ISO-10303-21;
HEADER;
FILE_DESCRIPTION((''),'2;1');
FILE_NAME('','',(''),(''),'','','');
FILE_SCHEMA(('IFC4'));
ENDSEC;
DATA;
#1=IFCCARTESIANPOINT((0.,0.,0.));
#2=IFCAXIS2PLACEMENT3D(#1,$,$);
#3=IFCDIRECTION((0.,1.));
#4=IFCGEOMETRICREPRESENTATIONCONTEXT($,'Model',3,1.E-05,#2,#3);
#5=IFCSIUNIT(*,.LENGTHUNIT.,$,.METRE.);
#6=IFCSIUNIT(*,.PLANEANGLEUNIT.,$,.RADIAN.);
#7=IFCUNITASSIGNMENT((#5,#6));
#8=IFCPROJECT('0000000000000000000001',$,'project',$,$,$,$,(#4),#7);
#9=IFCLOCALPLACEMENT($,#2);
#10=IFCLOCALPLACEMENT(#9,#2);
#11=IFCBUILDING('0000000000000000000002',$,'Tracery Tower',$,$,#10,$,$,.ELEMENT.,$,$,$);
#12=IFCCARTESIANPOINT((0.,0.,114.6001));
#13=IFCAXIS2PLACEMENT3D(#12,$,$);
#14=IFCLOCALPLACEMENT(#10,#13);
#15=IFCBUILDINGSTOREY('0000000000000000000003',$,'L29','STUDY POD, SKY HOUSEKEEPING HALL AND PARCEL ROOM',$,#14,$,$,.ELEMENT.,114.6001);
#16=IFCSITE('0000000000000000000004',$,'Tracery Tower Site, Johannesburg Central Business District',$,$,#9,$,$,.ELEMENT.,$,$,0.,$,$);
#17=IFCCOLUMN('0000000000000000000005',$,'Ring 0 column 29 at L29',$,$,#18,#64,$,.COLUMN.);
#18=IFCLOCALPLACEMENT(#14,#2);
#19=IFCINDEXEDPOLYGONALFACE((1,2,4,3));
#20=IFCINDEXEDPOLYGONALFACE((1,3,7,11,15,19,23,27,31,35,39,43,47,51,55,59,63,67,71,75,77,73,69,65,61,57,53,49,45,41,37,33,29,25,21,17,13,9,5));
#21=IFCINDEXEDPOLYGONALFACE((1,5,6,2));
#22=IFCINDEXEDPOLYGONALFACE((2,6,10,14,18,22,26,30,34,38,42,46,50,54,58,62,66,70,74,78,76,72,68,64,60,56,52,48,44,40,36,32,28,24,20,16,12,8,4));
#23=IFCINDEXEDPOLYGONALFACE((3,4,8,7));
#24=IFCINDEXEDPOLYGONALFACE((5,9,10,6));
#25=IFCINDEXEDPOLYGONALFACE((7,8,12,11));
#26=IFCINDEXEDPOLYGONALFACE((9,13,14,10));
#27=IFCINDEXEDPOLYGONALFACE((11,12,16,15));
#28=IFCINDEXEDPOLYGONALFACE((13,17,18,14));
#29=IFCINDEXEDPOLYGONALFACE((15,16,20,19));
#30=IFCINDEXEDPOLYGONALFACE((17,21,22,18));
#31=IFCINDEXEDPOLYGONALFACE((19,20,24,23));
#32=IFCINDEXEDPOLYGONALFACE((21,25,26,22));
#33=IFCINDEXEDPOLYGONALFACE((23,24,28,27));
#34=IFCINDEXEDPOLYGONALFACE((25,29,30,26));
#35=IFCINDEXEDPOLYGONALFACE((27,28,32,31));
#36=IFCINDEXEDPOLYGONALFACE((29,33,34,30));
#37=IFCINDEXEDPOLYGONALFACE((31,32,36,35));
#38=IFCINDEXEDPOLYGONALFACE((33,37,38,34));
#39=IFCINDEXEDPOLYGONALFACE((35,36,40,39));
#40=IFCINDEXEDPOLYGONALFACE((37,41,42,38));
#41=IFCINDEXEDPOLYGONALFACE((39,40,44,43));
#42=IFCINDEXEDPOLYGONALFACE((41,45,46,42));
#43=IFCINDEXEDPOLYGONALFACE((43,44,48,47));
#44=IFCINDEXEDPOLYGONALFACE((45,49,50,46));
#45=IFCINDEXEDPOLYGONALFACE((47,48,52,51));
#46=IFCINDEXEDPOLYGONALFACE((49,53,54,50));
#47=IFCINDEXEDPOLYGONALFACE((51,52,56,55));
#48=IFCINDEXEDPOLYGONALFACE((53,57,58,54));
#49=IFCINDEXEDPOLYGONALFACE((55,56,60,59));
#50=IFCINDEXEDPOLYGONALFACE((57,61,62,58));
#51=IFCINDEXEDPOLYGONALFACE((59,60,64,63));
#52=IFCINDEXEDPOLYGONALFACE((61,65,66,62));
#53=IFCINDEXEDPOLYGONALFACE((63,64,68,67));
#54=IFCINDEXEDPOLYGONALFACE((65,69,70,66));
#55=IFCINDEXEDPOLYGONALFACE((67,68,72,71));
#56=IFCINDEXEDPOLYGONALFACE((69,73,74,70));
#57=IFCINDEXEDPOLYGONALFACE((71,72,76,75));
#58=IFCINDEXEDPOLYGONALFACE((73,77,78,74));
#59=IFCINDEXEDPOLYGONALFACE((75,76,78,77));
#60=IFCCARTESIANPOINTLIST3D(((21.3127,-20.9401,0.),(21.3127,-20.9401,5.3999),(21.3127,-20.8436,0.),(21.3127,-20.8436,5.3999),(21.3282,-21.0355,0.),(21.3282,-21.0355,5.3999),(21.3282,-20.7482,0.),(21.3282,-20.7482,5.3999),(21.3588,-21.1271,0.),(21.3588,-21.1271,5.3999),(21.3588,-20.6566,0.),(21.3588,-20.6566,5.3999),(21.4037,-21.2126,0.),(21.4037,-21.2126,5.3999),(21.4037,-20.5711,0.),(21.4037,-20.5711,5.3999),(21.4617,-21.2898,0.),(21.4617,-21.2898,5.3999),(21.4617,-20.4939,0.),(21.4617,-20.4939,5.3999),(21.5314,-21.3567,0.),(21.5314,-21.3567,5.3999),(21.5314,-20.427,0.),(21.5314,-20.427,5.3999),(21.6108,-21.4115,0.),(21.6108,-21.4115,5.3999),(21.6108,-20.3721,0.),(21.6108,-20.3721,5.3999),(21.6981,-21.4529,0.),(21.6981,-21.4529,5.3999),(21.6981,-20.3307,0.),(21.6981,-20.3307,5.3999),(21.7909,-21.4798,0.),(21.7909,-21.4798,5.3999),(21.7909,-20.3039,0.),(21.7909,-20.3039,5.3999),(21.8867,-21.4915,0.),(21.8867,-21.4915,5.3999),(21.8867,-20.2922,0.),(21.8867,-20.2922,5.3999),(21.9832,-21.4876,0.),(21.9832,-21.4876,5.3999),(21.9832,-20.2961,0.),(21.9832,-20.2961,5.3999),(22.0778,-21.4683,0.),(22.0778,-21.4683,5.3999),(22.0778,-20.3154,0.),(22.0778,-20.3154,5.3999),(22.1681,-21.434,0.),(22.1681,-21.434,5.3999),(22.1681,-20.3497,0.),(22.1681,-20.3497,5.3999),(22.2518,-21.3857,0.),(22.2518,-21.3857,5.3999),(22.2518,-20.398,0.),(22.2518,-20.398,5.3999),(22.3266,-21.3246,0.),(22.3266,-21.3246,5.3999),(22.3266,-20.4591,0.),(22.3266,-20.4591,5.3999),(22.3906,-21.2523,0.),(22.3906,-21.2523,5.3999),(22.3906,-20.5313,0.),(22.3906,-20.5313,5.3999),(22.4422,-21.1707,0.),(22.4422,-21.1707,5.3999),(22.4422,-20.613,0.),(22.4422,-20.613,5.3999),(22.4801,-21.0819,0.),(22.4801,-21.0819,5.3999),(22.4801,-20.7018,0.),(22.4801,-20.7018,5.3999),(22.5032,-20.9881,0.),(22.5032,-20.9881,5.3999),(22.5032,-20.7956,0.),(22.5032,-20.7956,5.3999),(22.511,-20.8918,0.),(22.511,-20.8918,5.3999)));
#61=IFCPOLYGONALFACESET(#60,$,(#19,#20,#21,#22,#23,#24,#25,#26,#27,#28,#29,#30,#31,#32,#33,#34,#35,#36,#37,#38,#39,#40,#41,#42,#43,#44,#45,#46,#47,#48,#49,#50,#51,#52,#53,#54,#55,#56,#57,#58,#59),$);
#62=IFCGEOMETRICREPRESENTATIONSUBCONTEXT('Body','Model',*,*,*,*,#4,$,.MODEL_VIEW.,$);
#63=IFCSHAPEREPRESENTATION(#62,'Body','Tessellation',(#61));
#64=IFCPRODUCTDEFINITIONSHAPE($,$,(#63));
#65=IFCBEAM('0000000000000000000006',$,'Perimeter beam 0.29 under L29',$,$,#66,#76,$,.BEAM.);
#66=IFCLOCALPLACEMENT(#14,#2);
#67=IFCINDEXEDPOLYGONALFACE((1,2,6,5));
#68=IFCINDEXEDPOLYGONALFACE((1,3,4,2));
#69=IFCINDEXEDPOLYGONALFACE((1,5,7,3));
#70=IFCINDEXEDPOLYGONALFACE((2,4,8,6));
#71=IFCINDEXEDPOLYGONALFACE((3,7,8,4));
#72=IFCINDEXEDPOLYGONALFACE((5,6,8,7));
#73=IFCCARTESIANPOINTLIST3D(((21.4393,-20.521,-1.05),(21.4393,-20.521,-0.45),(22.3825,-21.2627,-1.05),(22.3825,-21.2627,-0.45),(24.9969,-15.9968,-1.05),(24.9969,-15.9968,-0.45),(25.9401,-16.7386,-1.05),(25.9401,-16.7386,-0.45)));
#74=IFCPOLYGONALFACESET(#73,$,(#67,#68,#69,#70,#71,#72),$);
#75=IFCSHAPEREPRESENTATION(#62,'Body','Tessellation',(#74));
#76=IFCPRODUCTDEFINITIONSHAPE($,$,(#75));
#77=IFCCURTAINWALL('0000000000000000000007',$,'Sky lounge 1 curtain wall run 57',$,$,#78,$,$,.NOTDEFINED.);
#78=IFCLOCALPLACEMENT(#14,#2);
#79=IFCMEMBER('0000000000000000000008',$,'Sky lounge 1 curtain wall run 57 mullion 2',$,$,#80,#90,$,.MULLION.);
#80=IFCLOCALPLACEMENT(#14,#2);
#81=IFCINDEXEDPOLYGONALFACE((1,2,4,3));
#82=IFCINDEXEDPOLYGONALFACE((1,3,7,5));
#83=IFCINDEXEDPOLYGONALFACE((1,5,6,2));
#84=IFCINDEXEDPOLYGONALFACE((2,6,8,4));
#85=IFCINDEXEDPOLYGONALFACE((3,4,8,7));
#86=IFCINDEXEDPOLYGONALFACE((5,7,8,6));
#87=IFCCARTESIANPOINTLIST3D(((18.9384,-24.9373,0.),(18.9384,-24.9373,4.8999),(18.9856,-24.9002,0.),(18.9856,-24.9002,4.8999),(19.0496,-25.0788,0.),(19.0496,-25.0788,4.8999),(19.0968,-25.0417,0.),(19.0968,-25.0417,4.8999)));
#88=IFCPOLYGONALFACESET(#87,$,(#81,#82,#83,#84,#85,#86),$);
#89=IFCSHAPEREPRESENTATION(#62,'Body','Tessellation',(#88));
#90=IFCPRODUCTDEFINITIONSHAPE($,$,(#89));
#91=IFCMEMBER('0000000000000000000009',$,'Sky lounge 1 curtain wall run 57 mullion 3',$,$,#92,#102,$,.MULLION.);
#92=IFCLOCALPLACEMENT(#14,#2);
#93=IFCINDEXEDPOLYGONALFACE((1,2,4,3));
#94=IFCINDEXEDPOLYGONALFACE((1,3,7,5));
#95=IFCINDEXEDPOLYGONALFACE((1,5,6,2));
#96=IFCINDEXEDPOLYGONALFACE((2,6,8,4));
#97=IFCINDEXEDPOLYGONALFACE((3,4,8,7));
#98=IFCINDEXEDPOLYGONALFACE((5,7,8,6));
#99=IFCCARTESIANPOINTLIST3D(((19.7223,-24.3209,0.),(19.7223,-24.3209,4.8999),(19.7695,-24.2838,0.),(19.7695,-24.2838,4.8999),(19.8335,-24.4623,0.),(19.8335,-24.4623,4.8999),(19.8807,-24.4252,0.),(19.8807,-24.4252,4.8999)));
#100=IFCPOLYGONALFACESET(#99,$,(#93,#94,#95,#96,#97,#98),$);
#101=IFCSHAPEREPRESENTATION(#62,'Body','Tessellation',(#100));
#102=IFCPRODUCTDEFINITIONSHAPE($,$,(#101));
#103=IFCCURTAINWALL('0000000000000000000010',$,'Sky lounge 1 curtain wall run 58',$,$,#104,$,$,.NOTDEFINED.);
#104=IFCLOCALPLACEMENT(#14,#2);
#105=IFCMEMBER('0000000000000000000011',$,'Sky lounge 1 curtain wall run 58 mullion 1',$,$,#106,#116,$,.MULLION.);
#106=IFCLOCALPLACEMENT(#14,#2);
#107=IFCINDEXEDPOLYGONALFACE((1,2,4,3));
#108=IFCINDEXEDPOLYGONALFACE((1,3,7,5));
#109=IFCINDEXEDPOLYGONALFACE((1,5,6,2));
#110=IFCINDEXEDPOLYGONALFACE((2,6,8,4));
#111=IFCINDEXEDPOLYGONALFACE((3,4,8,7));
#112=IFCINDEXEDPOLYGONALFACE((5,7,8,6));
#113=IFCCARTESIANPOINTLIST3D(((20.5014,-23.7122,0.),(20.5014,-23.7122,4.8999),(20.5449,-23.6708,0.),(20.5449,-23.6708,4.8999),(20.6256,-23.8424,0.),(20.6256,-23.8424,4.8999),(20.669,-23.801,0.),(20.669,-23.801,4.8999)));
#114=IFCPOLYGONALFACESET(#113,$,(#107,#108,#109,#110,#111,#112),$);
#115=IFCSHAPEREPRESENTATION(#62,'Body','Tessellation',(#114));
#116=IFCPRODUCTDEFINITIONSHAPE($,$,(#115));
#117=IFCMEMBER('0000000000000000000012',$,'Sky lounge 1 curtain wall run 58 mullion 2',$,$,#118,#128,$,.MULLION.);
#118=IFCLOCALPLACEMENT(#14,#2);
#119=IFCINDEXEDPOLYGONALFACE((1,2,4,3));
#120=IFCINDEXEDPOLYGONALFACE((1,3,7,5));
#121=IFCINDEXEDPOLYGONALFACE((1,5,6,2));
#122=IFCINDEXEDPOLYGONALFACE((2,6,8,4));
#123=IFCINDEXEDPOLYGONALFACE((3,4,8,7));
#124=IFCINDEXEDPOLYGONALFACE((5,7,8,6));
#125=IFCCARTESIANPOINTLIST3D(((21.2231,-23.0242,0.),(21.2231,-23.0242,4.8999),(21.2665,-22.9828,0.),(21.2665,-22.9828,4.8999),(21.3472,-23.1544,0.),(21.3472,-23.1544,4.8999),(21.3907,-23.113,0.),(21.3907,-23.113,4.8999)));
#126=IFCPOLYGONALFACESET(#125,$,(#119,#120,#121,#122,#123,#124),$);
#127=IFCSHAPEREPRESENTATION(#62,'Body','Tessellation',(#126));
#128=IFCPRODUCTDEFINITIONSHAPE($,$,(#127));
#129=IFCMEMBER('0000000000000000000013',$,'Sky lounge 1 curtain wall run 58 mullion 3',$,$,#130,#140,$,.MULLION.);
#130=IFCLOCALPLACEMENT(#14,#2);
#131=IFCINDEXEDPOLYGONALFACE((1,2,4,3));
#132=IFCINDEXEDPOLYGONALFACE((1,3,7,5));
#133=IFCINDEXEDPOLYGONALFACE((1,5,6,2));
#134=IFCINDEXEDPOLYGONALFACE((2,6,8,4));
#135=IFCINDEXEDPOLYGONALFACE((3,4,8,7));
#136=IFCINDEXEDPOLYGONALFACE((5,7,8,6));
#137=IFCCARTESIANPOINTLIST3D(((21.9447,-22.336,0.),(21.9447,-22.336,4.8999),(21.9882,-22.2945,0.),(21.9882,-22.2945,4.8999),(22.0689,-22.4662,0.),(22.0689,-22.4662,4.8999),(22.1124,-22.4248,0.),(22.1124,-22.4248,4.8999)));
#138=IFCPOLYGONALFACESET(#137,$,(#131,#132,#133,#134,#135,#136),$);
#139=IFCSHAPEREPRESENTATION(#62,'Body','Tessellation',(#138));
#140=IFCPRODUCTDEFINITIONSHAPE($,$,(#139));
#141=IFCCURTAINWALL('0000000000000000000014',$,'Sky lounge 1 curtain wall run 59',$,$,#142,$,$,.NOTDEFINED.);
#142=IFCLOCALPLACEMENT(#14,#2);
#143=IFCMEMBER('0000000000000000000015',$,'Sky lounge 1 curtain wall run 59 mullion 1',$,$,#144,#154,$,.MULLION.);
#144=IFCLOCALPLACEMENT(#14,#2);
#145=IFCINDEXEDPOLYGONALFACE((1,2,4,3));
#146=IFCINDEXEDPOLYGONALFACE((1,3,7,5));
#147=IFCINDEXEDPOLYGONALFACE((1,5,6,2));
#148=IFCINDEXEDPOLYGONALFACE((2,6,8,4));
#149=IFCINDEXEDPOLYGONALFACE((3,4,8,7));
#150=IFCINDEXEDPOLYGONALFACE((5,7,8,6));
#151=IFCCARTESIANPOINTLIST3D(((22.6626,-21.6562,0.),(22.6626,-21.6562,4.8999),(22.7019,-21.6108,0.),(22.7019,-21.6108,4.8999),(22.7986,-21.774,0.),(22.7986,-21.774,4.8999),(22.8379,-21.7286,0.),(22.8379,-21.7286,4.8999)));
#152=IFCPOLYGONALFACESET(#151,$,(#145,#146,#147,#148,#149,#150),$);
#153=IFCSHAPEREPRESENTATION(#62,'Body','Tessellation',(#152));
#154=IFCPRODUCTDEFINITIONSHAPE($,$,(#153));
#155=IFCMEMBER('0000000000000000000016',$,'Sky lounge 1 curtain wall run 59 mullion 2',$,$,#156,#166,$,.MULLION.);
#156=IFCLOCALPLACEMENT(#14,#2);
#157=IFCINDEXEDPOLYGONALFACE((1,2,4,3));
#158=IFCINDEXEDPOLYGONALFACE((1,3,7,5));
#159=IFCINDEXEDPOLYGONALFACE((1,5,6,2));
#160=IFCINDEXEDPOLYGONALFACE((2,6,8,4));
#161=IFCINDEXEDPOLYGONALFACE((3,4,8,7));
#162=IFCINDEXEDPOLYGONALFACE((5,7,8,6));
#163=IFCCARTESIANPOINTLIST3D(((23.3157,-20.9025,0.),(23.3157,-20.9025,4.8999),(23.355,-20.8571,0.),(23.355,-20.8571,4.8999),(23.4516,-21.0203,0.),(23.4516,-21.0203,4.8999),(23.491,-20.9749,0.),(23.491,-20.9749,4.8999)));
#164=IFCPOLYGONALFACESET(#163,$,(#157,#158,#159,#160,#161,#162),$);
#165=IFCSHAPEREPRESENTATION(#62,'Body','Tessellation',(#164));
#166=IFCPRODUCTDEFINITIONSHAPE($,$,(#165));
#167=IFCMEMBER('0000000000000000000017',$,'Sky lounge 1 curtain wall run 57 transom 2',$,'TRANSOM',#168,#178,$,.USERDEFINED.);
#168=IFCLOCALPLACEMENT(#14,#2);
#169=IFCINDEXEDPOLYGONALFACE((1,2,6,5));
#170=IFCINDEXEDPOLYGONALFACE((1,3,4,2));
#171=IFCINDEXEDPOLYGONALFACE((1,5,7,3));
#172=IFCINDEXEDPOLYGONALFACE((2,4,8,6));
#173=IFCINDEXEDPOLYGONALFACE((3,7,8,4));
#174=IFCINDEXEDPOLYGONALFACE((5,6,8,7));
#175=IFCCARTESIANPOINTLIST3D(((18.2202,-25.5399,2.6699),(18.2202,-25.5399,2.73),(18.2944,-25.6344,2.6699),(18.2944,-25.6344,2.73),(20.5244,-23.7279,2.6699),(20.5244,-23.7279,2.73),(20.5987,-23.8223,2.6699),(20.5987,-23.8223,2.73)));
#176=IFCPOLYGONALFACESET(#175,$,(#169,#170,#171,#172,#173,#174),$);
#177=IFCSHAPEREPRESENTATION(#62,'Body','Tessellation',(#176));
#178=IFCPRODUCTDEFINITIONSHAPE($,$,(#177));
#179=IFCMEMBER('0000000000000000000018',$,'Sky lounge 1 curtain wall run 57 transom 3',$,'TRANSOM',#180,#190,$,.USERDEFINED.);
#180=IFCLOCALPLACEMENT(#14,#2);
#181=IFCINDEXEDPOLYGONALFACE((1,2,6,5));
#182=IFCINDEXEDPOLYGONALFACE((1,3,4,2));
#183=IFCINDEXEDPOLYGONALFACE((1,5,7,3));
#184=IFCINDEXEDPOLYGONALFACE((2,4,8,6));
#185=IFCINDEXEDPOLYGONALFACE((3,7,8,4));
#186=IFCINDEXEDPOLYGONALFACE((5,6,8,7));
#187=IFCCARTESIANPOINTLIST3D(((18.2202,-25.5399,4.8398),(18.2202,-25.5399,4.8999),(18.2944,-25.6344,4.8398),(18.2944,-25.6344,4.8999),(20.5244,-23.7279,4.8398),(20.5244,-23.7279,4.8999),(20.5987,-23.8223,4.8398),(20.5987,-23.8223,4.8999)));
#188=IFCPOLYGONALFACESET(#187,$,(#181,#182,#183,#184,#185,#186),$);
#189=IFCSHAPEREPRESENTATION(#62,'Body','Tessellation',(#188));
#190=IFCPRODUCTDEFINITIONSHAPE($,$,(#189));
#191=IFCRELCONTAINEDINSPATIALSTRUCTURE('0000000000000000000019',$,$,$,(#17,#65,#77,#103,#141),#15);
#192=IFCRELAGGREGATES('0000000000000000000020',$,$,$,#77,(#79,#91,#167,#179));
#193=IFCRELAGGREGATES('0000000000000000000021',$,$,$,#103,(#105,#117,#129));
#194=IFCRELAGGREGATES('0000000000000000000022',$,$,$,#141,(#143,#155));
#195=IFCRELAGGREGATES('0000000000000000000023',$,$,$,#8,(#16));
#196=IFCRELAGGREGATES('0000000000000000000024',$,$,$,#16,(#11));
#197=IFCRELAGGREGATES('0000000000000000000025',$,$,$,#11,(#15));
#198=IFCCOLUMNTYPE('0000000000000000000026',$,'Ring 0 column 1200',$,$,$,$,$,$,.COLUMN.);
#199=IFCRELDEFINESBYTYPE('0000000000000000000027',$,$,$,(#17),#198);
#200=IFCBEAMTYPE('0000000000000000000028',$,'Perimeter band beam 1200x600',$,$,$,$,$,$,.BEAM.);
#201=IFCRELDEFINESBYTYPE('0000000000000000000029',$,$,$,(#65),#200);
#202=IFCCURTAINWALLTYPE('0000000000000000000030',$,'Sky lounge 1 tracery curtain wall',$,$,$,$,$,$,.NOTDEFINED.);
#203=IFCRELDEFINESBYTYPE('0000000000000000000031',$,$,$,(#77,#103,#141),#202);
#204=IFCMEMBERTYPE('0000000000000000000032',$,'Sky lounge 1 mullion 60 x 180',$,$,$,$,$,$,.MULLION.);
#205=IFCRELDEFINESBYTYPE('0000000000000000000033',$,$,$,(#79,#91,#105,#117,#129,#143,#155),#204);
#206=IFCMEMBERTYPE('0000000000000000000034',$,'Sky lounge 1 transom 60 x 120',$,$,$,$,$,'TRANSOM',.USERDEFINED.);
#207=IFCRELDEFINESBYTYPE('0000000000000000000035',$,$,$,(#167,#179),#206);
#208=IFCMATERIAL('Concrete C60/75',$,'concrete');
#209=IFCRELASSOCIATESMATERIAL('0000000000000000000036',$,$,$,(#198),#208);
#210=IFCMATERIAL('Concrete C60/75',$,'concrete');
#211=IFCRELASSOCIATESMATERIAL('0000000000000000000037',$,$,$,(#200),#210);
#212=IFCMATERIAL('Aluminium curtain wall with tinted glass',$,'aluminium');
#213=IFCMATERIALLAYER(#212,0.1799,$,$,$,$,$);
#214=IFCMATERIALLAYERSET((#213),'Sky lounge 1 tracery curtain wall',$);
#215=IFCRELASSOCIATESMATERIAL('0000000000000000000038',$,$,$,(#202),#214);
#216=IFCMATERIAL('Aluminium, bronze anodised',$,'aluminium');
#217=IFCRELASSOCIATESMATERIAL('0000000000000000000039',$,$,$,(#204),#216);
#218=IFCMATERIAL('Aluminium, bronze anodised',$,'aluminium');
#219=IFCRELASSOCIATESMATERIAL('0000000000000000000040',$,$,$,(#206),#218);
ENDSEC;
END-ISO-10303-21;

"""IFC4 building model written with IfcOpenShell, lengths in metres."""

from ifc_helpers import new_model, si_unit, direction, frame, origin, origin_2d, place, context, subcontext, project, spatial, rectangle, circle, extrude, material, layer, layer_set, material_profile, profile_set, type_object, element, aggregate, save


model = new_model("IFC4")

# Units and contexts
model_context = context("Model", 3, precision=1e-05, world=origin(), true_north=direction((0.0, 1.0)))
body_context = subcontext(model_context, "Body", "Model", "MODEL_VIEW")
ifc_project = project(units=[si_unit("LENGTHUNIT", "METRE"), si_unit("PLANEANGLEUNIT", "RADIAN")], contexts=[model_context])

# Site, building, storey
site_placement = place(None, origin())
site = spatial("IfcSite", under=ifc_project, at=site_placement, Name="Tracery Tower Site, Johannesburg Central Business District", CompositionType="ELEMENT", RefElevation=0.0)
building_placement = place(site_placement, origin())
building = spatial("IfcBuilding", under=site, at=building_placement, Name="Tracery Tower", CompositionType="ELEMENT")
storey_placement = place(building_placement, frame((0.0, 0.0, 114.6001)))
storey = spatial("IfcBuildingStorey", under=building, at=storey_placement, Name="L29", Description="STUDY POD, SKY HOUSEKEEPING HALL AND PARCEL ROOM", CompositionType="ELEMENT", Elevation=114.6001)

# Column
ifc_material_1 = material(Name="Concrete C60/75", Category="concrete")
ifc_material_profile_1 = material_profile(ifc_material_1, circle(Radius=0.6001, at=origin_2d()), Name="RC D1200")
ifc_profile_set_1 = profile_set([ifc_material_profile_1], Name="Concrete C60/75")
column_type = type_object("IfcColumnType", Name="Ring 0 column 1200", PredefinedType="COLUMN", material=ifc_profile_set_1)
column_placement = place(storey_placement, frame((21.9109, -20.8918, 0.0), z_axis=(0.0, 0.0, 1.0), x_axis=(1.0, 0.0, 0.0)))
element("IfcColumn", 1, at=column_placement, inside=storey, type_object=column_type, Name="Ring 0 column 29 at L29", PredefinedType="COLUMN", context=body_context, shape_type="SweptSolid", body=[
    extrude(circle(Radius=0.6001, at=origin_2d()), origin(), (0.0, 0.0, 1.0), 5.3999),
])

# Beam
ifc_material_2 = material(Name="Concrete C60/75", Category="concrete")
ifc_material_profile_2 = material_profile(ifc_material_2, rectangle(XDim=1.2, YDim=0.6001, at=origin_2d()), Name="RC 1200x600")
ifc_profile_set_2 = profile_set([ifc_material_profile_2], Name="Concrete C60/75")
beam_type = type_object("IfcBeamType", Name="Perimeter band beam 1200x600", PredefinedType="BEAM", material=ifc_profile_set_2)
beam_placement = place(storey_placement, frame((21.9109, -20.8918, -0.75), z_axis=(0.618134, 0.786072, 0.0), x_axis=(-0.786072, 0.618134, 0.0)))
element("IfcBeam", 2, at=beam_placement, inside=storey, type_object=beam_type, Name="Perimeter beam 0.29 under L29", PredefinedType="BEAM", context=body_context, shape_type="SweptSolid", body=[
    extrude(rectangle(XDim=1.2, YDim=0.6001, at=origin_2d()), origin(), (0.0, 0.0, 1.0), 5.7554),
])

# Curtain walls, members
ifc_material_3 = material(Name="Aluminium curtain wall with tinted glass", Category="aluminium")
ifc_layer_1 = layer(ifc_material_3, 0.1799)
ifc_layer_set_1 = layer_set([ifc_layer_1], Name="Sky lounge 1 tracery curtain wall")
curtain_wall_type = type_object("IfcCurtainWallType", Name="Sky lounge 1 tracery curtain wall", PredefinedType="NOTDEFINED", material=ifc_layer_set_1)
curtain_wall_1_placement = place(storey_placement, origin())
curtain_wall_1 = element("IfcCurtainWall", 3, at=curtain_wall_1_placement, inside=storey, type_object=curtain_wall_type, Name="Sky lounge 1 curtain wall run 57", PredefinedType="NOTDEFINED")
ifc_material_4 = material(Name="Aluminium, bronze anodised", Category="aluminium")
ifc_material_profile_3 = material_profile(ifc_material_4, rectangle(XDim=0.1799, YDim=0.0601, at=origin_2d()), Name="AL 60x180")
ifc_profile_set_3 = profile_set([ifc_material_profile_3], Name="Aluminium, bronze anodised")
member_type_1 = type_object("IfcMemberType", Name="Sky lounge 1 mullion 60 x 180", PredefinedType="MULLION", material=ifc_profile_set_3)
member_1_placement = place(storey_placement, frame((19.0176, -24.9895, 0.0), z_axis=(0.0, 0.0, 1.0), x_axis=(-0.618159, 0.786053, 0.0)))
member_1 = element("IfcMember", 4, at=member_1_placement, type_object=member_type_1, Name="Sky lounge 1 curtain wall run 57 mullion 2", PredefinedType="MULLION", context=body_context, shape_type="SweptSolid", body=[
    extrude(rectangle(XDim=0.1799, YDim=0.0601, at=origin_2d()), origin(), (0.0, 0.0, 1.0), 4.8999),
])
member_2_placement = place(storey_placement, frame((19.8015, -24.373, 0.0), z_axis=(0.0, 0.0, 1.0), x_axis=(-0.618159, 0.786053, 0.0)))
member_2 = element("IfcMember", 5, at=member_2_placement, type_object=member_type_1, Name="Sky lounge 1 curtain wall run 57 mullion 3", PredefinedType="MULLION", context=body_context, shape_type="SweptSolid", body=[
    extrude(rectangle(XDim=0.1799, YDim=0.0601, at=origin_2d()), origin(), (0.0, 0.0, 1.0), 4.8999),
])
curtain_wall_2_placement = place(storey_placement, origin())
curtain_wall_2 = element("IfcCurtainWall", 6, at=curtain_wall_2_placement, inside=storey, type_object=curtain_wall_type, Name="Sky lounge 1 curtain wall run 58", PredefinedType="NOTDEFINED")
member_3_placement = place(storey_placement, frame((20.5852, -23.7566, 0.0), z_axis=(0.0, 0.0, 1.0), x_axis=(-0.690079, 0.723734, 0.0)))
member_3 = element("IfcMember", 7, at=member_3_placement, type_object=member_type_1, Name="Sky lounge 1 curtain wall run 58 mullion 1", PredefinedType="MULLION", context=body_context, shape_type="SweptSolid", body=[
    extrude(rectangle(XDim=0.1799, YDim=0.0601, at=origin_2d()), origin(), (0.0, 0.0, 1.0), 4.8999),
])
member_4_placement = place(storey_placement, frame((21.3069, -23.0686, 0.0), z_axis=(0.0, 0.0, 1.0), x_axis=(-0.690079, 0.723734, 0.0)))
member_4 = element("IfcMember", 8, at=member_4_placement, type_object=member_type_1, Name="Sky lounge 1 curtain wall run 58 mullion 2", PredefinedType="MULLION", context=body_context, shape_type="SweptSolid", body=[
    extrude(rectangle(XDim=0.1799, YDim=0.0601, at=origin_2d()), origin(), (0.0, 0.0, 1.0), 4.8999),
])
member_5_placement = place(storey_placement, frame((22.0286, -22.3804, 0.0), z_axis=(0.0, 0.0, 1.0), x_axis=(-0.690079, 0.723734, 0.0)))
member_5 = element("IfcMember", 9, at=member_5_placement, type_object=member_type_1, Name="Sky lounge 1 curtain wall run 58 mullion 3", PredefinedType="MULLION", context=body_context, shape_type="SweptSolid", body=[
    extrude(rectangle(XDim=0.1799, YDim=0.0601, at=origin_2d()), origin(), (0.0, 0.0, 1.0), 4.8999),
])
curtain_wall_3_placement = place(storey_placement, origin())
curtain_wall_3 = element("IfcCurtainWall", 10, at=curtain_wall_3_placement, inside=storey, type_object=curtain_wall_type, Name="Sky lounge 1 curtain wall run 59", PredefinedType="NOTDEFINED")
member_6_placement = place(storey_placement, frame((22.7502, -21.6924, 0.0), z_axis=(0.0, 0.0, 1.0), x_axis=(-0.75575, 0.654861, 0.0)))
member_6 = element("IfcMember", 11, at=member_6_placement, type_object=member_type_1, Name="Sky lounge 1 curtain wall run 59 mullion 1", PredefinedType="MULLION", context=body_context, shape_type="SweptSolid", body=[
    extrude(rectangle(XDim=0.1799, YDim=0.0601, at=origin_2d()), origin(), (0.0, 0.0, 1.0), 4.8999),
])
member_7_placement = place(storey_placement, frame((23.4033, -20.9387, 0.0), z_axis=(0.0, 0.0, 1.0), x_axis=(-0.75575, 0.654861, 0.0)))
member_7 = element("IfcMember", 12, at=member_7_placement, type_object=member_type_1, Name="Sky lounge 1 curtain wall run 59 mullion 2", PredefinedType="MULLION", context=body_context, shape_type="SweptSolid", body=[
    extrude(rectangle(XDim=0.1799, YDim=0.0601, at=origin_2d()), origin(), (0.0, 0.0, 1.0), 4.8999),
])

# Members
ifc_material_5 = material(Name="Aluminium, bronze anodised", Category="aluminium")
ifc_material_profile_4 = material_profile(ifc_material_5, rectangle(XDim=0.1201, YDim=0.0601, at=origin_2d()), Name="AL 60x120")
ifc_profile_set_4 = profile_set([ifc_material_profile_4], Name="Aluminium, bronze anodised")
member_type_2 = type_object("IfcMemberType", Name="Sky lounge 1 transom 60 x 120", ElementType="TRANSOM", PredefinedType="USERDEFINED", material=ifc_profile_set_4)
member_8_placement = place(storey_placement, frame((18.2573, -25.5872, 2.7), z_axis=(0.786058, 0.618153, 0.0), x_axis=(-0.618153, 0.786058, 0.0)))
member_8 = element("IfcMember", 13, at=member_8_placement, type_object=member_type_2, Name="Sky lounge 1 curtain wall run 57 transom 2", ObjectType="TRANSOM", PredefinedType="USERDEFINED", context=body_context, shape_type="SweptSolid", body=[
    extrude(rectangle(XDim=0.1201, YDim=0.0601, at=origin_2d()), origin(), (0.0, 0.0, 1.0), 2.9314),
])
member_9_placement = place(storey_placement, frame((18.2573, -25.5872, 4.8699), z_axis=(0.786058, 0.618153, 0.0), x_axis=(-0.618153, 0.786058, 0.0)))
member_9 = element("IfcMember", 14, at=member_9_placement, type_object=member_type_2, Name="Sky lounge 1 curtain wall run 57 transom 3", ObjectType="TRANSOM", PredefinedType="USERDEFINED", context=body_context, shape_type="SweptSolid", body=[
    extrude(rectangle(XDim=0.1201, YDim=0.0601, at=origin_2d()), origin(), (0.0, 0.0, 1.0), 2.9314),
])

aggregate(curtain_wall_1, [member_1, member_2, member_8, member_9])
aggregate(curtain_wall_2, [member_3, member_4, member_5])
aggregate(curtain_wall_3, [member_6, member_7])

save(model, "model.ifc")
